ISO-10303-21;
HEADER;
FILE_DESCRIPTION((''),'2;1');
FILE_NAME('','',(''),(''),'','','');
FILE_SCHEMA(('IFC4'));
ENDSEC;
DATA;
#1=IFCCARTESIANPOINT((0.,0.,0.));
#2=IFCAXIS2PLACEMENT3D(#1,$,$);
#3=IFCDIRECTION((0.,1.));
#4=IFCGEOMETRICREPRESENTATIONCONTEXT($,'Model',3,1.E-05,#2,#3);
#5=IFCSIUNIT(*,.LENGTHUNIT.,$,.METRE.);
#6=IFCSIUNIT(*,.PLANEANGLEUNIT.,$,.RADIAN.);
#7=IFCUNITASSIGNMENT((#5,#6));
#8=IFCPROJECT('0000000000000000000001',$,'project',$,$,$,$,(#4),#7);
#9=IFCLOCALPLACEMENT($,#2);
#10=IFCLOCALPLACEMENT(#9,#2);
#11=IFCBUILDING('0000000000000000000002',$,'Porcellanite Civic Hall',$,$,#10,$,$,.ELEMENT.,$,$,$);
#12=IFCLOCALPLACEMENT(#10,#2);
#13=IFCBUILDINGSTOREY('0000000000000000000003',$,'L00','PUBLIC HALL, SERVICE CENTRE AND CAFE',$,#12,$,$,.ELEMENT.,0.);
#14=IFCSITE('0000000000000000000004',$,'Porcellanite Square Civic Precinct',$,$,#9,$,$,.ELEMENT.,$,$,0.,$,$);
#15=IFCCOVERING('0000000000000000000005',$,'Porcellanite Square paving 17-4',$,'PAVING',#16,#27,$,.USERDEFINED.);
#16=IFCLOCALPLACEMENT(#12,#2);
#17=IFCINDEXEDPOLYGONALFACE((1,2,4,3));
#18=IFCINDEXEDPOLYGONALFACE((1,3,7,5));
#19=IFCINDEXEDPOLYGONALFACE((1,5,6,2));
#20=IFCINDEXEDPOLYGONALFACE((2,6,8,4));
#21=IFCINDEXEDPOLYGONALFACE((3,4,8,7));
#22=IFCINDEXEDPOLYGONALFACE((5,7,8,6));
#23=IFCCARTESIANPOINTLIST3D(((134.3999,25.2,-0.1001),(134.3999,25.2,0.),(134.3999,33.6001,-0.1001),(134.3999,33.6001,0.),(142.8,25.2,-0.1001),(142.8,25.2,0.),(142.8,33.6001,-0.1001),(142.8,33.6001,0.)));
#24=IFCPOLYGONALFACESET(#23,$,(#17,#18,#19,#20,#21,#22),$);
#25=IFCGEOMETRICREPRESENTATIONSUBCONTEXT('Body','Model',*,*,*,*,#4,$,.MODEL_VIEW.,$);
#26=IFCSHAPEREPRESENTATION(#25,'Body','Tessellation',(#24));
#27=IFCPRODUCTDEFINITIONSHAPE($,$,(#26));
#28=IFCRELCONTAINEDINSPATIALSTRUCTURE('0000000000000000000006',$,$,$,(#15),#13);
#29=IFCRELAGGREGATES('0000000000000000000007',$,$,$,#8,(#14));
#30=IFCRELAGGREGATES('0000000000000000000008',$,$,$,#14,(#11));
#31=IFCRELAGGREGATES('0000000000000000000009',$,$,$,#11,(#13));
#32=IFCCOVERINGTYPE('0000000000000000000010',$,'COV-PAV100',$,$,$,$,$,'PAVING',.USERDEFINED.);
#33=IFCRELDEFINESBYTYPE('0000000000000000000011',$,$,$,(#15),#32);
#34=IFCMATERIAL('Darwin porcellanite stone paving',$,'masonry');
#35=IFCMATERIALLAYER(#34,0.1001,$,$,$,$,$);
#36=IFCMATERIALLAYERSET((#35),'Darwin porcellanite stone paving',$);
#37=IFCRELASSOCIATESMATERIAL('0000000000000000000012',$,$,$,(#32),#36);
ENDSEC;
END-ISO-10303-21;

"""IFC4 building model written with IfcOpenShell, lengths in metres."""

from ifc_helpers import new_model, si_unit, direction, frame, origin, place, context, subcontext, project, spatial, polyline, outline, extrude, material, layer, layer_set, type_object, element, save


model = new_model("IFC4")

# Units and contexts
model_context = context("Model", 3, precision=1e-05, world=origin(), true_north=direction((0.0, 1.0)))
body_context = subcontext(model_context, "Body", "Model", "MODEL_VIEW")
ifc_project = project(units=[si_unit("LENGTHUNIT", "METRE"), si_unit("PLANEANGLEUNIT", "RADIAN")], contexts=[model_context])

# Site, building, storey
site_placement = place(None, origin())
site = spatial("IfcSite", under=ifc_project, at=site_placement, Name="Porcellanite Square Civic Precinct", CompositionType="ELEMENT", RefElevation=0.0)
building_placement = place(site_placement, origin())
building = spatial("IfcBuilding", under=site, at=building_placement, Name="Porcellanite Civic Hall", CompositionType="ELEMENT")
storey_placement = place(building_placement, origin())
storey = spatial("IfcBuildingStorey", under=building, at=storey_placement, Name="L00", Description="PUBLIC HALL, SERVICE CENTRE AND CAFE", CompositionType="ELEMENT", Elevation=0.0)

# Covering
ifc_material = material(Name="Darwin porcellanite stone paving", Category="masonry")
ifc_layer = layer(ifc_material, 0.1001)
ifc_layer_set = layer_set([ifc_layer], Name="Darwin porcellanite stone paving")
covering_type = type_object("IfcCoveringType", Name="COV-PAV100", ElementType="PAVING", PredefinedType="USERDEFINED", material=ifc_layer_set)
covering_1_placement = place(storey_placement, frame((0.0, 0.0, -0.1001)))
element("IfcCovering", 1, at=covering_1_placement, inside=storey, type_object=covering_type, Name="Porcellanite Square paving 17-4", ObjectType="PAVING", PredefinedType="USERDEFINED", context=body_context, shape_type="SweptSolid", body=[
    extrude(outline(polyline([(134.3999, 25.2), (142.8, 25.2), (142.8, 33.6001), (134.3999, 33.6001), (134.3999, 25.2)])), origin(), (0.0, 0.0, 1.0), 0.1001),
])

save(model, "model.ifc")
